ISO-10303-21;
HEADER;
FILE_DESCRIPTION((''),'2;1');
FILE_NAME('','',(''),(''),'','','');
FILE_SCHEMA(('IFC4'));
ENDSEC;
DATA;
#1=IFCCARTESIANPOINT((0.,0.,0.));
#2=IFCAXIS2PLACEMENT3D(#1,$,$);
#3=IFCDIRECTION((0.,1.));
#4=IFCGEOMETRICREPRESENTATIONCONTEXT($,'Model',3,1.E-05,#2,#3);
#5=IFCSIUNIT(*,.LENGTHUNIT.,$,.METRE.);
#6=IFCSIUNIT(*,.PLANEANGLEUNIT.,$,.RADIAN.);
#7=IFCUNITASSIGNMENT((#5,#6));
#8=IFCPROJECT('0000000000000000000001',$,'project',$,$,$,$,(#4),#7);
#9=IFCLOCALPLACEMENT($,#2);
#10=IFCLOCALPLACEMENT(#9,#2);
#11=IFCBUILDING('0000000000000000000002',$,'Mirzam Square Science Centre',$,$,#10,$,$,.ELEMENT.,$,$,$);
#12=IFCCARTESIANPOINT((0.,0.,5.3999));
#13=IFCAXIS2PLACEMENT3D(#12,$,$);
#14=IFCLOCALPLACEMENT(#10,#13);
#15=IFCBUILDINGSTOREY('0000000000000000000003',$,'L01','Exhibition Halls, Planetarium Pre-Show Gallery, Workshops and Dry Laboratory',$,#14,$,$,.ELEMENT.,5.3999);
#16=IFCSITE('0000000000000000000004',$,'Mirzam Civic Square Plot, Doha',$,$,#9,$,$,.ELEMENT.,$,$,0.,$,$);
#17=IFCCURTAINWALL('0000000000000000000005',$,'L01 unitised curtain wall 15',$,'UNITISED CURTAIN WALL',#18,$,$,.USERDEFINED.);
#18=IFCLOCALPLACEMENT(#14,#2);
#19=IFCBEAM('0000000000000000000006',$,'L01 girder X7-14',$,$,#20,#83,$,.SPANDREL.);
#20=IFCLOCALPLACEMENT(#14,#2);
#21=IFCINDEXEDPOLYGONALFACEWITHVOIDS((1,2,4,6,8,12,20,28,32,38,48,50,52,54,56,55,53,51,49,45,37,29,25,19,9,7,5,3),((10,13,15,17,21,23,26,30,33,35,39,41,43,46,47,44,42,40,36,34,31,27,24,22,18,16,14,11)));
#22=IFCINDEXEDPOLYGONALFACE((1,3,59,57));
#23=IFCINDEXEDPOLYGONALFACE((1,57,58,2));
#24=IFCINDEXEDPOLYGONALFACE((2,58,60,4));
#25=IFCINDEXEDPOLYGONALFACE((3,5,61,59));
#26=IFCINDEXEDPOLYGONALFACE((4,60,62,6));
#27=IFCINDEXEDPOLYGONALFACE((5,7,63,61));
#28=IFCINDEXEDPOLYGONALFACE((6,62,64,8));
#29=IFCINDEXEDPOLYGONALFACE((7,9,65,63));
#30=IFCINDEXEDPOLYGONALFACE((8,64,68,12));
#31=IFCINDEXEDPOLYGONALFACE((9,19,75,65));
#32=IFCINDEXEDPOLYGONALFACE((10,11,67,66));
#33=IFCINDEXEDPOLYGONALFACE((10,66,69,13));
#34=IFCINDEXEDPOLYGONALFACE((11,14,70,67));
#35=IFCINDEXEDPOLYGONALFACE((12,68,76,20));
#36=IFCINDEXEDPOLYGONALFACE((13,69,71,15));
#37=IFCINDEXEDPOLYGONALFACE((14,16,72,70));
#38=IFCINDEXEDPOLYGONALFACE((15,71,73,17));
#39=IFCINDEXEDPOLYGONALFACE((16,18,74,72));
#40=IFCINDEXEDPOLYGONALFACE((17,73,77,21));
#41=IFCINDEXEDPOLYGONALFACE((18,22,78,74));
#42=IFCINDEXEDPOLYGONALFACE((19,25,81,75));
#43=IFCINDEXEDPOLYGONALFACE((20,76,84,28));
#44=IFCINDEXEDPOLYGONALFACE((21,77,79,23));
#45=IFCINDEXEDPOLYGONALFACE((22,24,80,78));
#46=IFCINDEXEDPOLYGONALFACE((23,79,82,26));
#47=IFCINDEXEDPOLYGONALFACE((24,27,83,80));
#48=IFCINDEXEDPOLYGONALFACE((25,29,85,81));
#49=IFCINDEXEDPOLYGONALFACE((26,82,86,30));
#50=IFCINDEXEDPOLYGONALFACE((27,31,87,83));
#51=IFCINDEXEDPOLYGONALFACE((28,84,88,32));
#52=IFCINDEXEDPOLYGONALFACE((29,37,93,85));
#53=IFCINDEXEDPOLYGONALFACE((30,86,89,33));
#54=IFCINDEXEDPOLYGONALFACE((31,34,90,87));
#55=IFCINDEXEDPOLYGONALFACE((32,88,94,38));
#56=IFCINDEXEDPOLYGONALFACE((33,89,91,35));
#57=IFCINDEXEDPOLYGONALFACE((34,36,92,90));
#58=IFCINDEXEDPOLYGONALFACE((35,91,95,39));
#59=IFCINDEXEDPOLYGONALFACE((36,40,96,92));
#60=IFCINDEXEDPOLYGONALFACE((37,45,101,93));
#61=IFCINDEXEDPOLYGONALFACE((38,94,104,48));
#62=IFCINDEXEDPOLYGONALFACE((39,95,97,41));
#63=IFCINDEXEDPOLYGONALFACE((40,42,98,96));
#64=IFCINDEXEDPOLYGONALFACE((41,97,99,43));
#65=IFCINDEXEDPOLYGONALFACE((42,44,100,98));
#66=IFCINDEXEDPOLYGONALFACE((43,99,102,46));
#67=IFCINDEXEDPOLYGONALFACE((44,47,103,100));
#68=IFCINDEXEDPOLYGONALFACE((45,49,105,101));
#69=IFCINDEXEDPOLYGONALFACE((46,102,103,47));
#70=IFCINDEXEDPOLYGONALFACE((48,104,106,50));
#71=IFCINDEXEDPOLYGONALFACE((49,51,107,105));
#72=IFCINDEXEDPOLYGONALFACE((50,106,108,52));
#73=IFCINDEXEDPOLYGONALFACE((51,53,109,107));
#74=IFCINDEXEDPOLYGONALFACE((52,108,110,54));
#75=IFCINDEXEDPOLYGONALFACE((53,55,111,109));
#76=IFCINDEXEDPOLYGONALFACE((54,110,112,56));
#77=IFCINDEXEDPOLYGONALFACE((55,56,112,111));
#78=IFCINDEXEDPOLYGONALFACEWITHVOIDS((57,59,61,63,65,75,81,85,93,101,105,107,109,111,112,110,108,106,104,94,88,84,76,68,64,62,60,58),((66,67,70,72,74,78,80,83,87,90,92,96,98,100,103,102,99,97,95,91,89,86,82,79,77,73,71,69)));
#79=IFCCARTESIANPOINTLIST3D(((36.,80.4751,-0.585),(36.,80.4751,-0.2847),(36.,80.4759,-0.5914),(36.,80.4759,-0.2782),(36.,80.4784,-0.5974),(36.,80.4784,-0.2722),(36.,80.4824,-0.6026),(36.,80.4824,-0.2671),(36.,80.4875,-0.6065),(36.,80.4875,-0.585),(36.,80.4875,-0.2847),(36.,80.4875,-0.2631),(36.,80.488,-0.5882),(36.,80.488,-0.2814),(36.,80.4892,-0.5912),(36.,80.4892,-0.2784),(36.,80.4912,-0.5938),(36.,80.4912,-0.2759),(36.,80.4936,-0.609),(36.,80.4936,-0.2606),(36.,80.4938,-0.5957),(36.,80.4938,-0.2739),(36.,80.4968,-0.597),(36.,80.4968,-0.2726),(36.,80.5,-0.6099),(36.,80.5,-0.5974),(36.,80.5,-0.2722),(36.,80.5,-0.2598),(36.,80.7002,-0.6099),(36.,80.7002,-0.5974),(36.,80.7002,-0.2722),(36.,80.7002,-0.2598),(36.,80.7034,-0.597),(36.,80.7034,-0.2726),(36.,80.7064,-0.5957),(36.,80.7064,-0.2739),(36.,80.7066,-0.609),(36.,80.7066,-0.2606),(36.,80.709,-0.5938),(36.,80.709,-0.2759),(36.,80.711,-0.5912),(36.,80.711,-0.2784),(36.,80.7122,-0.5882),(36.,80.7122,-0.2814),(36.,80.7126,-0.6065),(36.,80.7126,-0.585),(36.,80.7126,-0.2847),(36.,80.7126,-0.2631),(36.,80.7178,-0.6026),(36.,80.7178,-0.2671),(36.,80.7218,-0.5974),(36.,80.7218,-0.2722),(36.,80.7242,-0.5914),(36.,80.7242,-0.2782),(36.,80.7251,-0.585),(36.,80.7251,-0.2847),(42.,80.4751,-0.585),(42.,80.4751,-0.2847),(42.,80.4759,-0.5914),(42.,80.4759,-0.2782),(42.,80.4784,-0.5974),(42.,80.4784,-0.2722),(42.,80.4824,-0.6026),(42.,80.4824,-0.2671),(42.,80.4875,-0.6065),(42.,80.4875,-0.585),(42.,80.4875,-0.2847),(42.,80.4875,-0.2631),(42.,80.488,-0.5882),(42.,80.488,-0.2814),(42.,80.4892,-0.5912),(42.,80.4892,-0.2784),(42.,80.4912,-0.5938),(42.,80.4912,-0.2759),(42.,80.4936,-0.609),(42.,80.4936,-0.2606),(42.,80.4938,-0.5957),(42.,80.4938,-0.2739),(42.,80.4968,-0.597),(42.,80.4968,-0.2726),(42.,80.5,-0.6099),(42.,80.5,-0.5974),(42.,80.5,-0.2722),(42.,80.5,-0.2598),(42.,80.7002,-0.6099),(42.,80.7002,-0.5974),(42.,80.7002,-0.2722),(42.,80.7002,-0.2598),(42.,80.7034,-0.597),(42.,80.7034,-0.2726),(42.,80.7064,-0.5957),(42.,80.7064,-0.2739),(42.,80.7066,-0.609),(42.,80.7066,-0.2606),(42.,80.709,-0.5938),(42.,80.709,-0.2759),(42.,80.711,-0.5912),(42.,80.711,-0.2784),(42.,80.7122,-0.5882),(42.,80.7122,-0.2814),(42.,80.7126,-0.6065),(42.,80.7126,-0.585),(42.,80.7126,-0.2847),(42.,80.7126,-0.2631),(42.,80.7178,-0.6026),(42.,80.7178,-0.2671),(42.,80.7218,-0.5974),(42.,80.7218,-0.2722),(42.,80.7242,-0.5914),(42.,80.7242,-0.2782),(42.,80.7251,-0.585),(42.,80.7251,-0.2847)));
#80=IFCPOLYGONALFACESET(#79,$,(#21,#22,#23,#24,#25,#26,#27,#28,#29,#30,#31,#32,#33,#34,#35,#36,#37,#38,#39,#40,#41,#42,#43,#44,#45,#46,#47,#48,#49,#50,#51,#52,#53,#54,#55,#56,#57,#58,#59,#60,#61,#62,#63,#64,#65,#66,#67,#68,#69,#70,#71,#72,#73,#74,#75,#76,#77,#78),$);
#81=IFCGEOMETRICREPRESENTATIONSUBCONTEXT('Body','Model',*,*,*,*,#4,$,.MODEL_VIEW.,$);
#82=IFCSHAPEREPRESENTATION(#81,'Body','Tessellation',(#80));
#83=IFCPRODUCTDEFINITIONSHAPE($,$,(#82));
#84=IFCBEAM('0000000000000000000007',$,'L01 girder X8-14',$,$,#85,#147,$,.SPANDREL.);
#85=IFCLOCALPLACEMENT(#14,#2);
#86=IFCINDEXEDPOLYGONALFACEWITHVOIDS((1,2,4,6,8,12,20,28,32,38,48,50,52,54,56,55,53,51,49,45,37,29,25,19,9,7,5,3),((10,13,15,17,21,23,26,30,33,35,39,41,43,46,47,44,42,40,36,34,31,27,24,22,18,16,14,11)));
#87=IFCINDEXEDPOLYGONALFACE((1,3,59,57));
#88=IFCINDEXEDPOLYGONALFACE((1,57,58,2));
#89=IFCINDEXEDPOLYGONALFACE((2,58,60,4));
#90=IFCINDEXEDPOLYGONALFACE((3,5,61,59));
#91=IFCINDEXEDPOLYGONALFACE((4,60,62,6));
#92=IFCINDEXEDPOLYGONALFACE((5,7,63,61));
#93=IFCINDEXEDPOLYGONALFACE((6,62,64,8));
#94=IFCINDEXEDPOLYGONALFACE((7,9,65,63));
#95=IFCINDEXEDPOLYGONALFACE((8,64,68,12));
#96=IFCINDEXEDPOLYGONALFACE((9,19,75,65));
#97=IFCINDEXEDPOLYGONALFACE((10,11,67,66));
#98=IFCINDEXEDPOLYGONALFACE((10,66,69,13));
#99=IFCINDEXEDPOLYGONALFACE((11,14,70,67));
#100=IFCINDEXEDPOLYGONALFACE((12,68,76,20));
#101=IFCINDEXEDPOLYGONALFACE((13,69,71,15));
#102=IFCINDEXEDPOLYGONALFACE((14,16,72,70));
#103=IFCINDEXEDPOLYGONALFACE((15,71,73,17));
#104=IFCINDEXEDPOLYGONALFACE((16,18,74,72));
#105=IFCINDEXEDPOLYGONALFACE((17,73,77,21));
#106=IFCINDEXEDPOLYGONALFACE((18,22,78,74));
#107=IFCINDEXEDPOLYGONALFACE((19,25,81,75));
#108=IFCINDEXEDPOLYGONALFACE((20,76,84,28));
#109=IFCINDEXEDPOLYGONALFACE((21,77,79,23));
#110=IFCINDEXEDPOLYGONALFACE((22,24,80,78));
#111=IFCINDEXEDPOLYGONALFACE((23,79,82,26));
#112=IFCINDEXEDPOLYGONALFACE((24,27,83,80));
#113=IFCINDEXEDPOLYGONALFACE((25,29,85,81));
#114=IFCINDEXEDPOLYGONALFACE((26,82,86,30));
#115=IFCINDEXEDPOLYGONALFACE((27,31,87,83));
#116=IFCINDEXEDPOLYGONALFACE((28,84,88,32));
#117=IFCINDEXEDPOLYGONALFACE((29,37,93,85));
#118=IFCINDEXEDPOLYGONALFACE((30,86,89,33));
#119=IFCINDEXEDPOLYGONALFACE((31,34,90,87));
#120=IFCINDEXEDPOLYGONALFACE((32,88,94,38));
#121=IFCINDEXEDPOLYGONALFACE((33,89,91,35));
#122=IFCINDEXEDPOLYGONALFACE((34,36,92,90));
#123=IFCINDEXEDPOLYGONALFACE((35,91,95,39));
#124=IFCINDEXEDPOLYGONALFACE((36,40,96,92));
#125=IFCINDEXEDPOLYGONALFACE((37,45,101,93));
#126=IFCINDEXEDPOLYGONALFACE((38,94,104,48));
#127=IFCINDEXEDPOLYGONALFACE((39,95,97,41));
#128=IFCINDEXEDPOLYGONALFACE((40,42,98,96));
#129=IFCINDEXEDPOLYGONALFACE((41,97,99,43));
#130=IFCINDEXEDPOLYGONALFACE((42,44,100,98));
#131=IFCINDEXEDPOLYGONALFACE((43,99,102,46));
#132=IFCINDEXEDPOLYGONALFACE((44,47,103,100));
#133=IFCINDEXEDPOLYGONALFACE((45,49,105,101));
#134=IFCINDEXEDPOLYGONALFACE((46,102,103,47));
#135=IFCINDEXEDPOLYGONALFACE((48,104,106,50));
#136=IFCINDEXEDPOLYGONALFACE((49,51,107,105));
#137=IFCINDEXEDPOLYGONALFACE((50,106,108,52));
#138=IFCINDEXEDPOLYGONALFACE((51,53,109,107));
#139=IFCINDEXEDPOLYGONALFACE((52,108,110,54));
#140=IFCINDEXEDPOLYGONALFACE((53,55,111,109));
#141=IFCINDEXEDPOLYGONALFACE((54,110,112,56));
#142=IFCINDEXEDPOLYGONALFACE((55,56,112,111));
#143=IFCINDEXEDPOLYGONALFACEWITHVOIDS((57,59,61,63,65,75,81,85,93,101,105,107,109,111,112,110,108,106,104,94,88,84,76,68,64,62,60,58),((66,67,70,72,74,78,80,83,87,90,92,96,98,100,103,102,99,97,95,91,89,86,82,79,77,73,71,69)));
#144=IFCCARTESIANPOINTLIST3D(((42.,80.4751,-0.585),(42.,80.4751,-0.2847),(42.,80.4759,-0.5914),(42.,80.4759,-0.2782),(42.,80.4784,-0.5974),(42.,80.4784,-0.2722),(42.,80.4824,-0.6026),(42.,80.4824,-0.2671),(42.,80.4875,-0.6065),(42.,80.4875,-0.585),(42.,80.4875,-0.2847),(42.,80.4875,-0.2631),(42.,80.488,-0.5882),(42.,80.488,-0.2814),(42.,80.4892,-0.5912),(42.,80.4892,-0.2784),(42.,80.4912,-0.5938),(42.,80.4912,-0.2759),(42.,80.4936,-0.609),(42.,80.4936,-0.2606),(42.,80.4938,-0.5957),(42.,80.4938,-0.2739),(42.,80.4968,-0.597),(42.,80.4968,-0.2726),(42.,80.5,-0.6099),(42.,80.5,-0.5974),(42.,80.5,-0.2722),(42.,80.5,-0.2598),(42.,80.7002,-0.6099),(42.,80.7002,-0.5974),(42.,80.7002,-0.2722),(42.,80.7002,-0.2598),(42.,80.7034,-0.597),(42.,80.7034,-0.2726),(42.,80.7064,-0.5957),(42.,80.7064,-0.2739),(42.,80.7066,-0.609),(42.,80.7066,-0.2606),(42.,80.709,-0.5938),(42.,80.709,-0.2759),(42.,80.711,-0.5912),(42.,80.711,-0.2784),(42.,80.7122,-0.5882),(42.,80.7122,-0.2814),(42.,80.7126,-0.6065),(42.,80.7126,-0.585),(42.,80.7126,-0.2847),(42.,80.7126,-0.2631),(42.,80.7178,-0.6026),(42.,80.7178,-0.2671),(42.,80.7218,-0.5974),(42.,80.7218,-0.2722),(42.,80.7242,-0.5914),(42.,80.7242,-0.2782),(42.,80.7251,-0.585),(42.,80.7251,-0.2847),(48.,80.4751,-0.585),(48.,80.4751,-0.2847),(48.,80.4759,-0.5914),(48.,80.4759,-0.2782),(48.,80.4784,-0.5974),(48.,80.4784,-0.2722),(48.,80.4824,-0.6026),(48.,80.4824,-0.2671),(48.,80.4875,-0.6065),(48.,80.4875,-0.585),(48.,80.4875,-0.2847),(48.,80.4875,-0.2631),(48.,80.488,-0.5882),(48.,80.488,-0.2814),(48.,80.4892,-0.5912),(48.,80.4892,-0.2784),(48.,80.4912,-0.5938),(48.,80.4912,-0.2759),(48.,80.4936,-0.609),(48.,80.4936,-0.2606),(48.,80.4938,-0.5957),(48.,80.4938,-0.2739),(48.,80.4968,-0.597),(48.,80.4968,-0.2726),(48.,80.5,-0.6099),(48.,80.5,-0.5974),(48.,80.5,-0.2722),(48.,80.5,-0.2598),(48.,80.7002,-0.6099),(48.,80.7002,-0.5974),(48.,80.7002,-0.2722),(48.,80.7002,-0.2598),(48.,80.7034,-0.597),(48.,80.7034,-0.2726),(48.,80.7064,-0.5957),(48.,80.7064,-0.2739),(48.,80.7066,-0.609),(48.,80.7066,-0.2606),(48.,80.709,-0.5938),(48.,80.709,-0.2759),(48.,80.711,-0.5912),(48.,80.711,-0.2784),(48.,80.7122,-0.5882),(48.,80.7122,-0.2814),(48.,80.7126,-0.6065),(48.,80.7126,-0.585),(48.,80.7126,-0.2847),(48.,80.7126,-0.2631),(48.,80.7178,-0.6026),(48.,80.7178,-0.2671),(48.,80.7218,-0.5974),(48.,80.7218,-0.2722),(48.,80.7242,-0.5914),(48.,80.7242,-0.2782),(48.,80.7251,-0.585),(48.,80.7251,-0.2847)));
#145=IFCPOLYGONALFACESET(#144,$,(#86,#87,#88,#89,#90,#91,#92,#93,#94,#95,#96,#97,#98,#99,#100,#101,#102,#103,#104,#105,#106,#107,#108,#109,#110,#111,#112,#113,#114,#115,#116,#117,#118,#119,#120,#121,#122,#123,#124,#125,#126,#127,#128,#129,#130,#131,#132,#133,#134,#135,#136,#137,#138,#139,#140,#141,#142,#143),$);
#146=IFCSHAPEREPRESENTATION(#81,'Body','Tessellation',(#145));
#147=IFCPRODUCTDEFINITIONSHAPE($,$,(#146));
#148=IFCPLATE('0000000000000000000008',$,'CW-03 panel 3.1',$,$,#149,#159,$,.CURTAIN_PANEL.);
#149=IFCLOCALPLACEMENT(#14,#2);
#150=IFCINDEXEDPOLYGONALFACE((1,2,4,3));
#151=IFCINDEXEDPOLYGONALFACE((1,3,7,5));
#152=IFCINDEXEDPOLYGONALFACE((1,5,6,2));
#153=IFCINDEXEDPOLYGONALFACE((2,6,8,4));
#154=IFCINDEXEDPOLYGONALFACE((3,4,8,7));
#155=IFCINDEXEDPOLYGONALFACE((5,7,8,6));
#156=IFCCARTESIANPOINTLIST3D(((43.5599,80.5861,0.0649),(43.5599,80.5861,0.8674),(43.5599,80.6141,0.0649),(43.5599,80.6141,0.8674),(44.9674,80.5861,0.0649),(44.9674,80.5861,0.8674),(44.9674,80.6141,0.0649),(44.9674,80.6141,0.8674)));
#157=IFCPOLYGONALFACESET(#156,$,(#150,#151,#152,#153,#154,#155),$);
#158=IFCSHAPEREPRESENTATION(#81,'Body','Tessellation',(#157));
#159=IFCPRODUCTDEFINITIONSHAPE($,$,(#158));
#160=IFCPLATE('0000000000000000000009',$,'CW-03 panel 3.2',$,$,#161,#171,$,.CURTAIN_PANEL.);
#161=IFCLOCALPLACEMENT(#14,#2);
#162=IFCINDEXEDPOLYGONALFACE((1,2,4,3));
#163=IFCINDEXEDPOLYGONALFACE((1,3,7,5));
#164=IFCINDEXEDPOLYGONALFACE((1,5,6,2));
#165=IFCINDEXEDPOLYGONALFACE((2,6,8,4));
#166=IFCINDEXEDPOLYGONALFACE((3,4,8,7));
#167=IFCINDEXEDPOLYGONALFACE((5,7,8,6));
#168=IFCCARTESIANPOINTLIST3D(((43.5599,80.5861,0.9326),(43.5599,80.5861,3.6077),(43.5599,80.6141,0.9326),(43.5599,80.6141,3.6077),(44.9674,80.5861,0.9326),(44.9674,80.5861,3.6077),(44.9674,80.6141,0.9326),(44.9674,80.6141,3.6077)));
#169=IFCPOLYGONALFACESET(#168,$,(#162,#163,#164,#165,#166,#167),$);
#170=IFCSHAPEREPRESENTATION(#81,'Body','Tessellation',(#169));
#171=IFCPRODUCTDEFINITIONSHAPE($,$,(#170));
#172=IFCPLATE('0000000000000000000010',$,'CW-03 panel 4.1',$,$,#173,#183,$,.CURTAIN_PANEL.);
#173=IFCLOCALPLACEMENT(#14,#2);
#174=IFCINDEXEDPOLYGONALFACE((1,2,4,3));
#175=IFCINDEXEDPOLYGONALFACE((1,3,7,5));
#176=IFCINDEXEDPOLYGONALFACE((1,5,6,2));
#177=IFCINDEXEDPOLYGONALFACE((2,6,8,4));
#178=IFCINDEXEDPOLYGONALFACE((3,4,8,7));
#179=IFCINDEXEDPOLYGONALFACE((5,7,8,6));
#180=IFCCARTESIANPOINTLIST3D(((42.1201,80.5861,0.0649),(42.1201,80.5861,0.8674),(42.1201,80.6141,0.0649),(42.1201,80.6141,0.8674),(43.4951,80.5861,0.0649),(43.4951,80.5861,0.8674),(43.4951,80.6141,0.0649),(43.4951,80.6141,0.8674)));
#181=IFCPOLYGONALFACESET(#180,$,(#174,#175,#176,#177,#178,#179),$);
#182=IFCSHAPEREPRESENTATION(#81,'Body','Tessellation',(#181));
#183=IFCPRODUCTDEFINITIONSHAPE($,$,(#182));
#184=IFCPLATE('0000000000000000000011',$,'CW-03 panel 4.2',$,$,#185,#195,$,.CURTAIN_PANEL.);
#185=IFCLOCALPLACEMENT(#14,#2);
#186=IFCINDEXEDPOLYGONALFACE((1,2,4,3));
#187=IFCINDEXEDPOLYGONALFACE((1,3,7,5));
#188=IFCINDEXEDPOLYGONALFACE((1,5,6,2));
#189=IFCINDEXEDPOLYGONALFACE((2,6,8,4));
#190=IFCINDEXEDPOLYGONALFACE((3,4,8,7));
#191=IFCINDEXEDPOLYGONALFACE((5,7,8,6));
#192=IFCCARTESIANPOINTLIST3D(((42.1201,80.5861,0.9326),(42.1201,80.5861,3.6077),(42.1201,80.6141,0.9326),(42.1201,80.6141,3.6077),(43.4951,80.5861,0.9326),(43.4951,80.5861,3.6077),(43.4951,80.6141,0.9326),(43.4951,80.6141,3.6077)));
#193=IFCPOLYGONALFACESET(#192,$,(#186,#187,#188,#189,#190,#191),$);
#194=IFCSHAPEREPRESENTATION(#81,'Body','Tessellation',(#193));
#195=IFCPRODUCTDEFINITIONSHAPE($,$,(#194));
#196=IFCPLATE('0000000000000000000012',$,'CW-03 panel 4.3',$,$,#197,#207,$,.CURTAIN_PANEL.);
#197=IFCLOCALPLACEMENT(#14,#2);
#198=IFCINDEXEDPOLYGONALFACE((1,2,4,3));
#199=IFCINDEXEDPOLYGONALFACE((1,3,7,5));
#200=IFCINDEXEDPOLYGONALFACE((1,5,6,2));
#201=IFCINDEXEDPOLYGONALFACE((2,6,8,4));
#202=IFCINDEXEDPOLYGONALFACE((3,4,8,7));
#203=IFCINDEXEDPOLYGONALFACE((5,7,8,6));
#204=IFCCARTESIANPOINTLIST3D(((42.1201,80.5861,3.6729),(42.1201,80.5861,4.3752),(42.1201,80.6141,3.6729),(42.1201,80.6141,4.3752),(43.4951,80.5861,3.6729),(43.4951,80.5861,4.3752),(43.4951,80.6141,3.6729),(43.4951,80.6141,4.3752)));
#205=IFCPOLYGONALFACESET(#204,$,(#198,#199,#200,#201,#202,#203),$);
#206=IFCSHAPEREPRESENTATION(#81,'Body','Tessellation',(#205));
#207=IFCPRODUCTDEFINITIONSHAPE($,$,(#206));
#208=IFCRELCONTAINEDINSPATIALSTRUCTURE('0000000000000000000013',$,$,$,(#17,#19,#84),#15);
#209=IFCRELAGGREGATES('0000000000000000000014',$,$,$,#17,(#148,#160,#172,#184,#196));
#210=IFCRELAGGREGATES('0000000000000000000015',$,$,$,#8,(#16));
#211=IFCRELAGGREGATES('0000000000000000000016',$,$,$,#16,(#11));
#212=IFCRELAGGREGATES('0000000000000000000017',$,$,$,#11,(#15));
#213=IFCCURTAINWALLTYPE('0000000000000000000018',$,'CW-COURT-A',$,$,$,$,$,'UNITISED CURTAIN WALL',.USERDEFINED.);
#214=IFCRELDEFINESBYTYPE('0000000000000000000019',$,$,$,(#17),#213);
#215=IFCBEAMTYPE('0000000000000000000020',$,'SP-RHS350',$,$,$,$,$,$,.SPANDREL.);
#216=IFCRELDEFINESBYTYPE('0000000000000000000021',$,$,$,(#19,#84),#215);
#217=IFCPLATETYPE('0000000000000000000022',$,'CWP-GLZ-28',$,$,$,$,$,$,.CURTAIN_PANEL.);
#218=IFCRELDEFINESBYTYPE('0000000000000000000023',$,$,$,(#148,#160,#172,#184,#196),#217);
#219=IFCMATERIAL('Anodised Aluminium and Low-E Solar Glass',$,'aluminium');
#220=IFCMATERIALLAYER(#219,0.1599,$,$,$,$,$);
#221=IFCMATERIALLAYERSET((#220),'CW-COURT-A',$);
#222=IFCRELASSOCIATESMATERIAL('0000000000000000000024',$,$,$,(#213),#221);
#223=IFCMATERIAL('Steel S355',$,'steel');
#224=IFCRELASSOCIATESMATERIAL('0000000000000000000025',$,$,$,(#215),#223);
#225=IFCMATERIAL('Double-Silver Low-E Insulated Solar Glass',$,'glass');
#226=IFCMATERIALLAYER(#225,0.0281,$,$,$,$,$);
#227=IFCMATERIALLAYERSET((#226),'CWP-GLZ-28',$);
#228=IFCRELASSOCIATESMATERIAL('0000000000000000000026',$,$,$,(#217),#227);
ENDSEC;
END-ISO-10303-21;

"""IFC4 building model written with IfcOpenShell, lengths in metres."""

from ifc_helpers import new_model, si_unit, direction, frame, origin, origin_2d, place, context, subcontext, project, spatial, rectangle, hollow_rectangle, extrude, material, layer, layer_set, material_profile, profile_set, type_object, element, aggregate, save


model = new_model("IFC4")

# Units and contexts
model_context = context("Model", 3, precision=1e-05, world=origin(), true_north=direction((0.0, 1.0)))
body_context = subcontext(model_context, "Body", "Model", "MODEL_VIEW")
ifc_project = project(units=[si_unit("LENGTHUNIT", "METRE"), si_unit("PLANEANGLEUNIT", "RADIAN")], contexts=[model_context])

# Site, building, storey
site_placement = place(None, origin())
site = spatial("IfcSite", under=ifc_project, at=site_placement, Name="Mirzam Civic Square Plot, Doha", CompositionType="ELEMENT", RefElevation=0.0)
building_placement = place(site_placement, origin())
building = spatial("IfcBuilding", under=site, at=building_placement, Name="Mirzam Square Science Centre", CompositionType="ELEMENT")
storey_placement = place(building_placement, frame((0.0, 0.0, 5.3999)))
storey = spatial("IfcBuildingStorey", under=building, at=storey_placement, Name="L01", Description="Exhibition Halls, Planetarium Pre-Show Gallery, Workshops and Dry Laboratory", CompositionType="ELEMENT", Elevation=5.3999)

# Shared definitions
ifc_material_1 = material(Name="Steel S355", Category="steel")

# Curtain wall
ifc_material_2 = material(Name="Anodised Aluminium and Low-E Solar Glass", Category="aluminium")
ifc_layer_1 = layer(ifc_material_2, 0.1599)
ifc_layer_set_1 = layer_set([ifc_layer_1], Name="CW-COURT-A")
curtain_wall_type_1 = type_object("IfcCurtainWallType", Name="CW-COURT-A", ElementType="UNITISED CURTAIN WALL", PredefinedType="USERDEFINED", material=ifc_layer_set_1)
curtain_wall_1_placement = place(storey_placement, origin())
curtain_wall_1 = element("IfcCurtainWall", 1, at=curtain_wall_1_placement, inside=storey, type_object=curtain_wall_type_1, Name="L01 unitised curtain wall 15", ObjectType="UNITISED CURTAIN WALL", PredefinedType="USERDEFINED")

# Beams
ifc_material_profile_1 = material_profile(ifc_material_1, hollow_rectangle(XDim=0.25, YDim=0.3501, WallThickness=0.0125, InnerFilletRadius=0.0125, OuterFilletRadius=0.0249, at=origin_2d()), Name="350x250x12.5RHS")
ifc_profile_set_1 = profile_set([ifc_material_profile_1], Name="Steel S355")
beam_type = type_object("IfcBeamType", Name="SP-RHS350", PredefinedType="SPANDREL", material=ifc_profile_set_1)
for number, where, z_axis, x_axis, name in (
    (2, (36.0, 80.6001, -0.4348), (1.0, 0.0, 0.0), (0.0, 1.0, 0.0), "L01 girder X7-14"),
    (3, (42.0, 80.6001, -0.4348), (1.0, 0.0, 0.0), (0.0, 1.0, 0.0), "L01 girder X8-14"),
):
    element("IfcBeam", number, at=place(storey_placement, frame(where, z_axis=z_axis, x_axis=x_axis)), inside=storey, type_object=beam_type, Name=name, PredefinedType="SPANDREL", context=body_context, shape_type="SweptSolid", body=[
        extrude(hollow_rectangle(XDim=0.25, YDim=0.3501, WallThickness=0.0125, InnerFilletRadius=0.0125, OuterFilletRadius=0.0249, at=origin_2d()), origin(), (0.0, 0.0, 1.0), 6.0),
    ])

# Plates
ifc_material_3 = material(Name="Double-Silver Low-E Insulated Solar Glass", Category="glass")
ifc_layer_2 = layer(ifc_material_3, 0.0281)
ifc_layer_set_2 = layer_set([ifc_layer_2], Name="CWP-GLZ-28")
plate_type = type_object("IfcPlateType", Name="CWP-GLZ-28", PredefinedType="CURTAIN_PANEL", material=ifc_layer_set_2)
plate_1_placement = place(storey_placement, frame((44.2637, 80.6001, 0.0649), z_axis=(0.0, 0.0, 1.0), x_axis=(-1.0, 0.0, 0.0)))
plate_1 = element("IfcPlate", 4, at=plate_1_placement, type_object=plate_type, Name="CW-03 panel 3.1", PredefinedType="CURTAIN_PANEL", context=body_context, shape_type="SweptSolid", body=[
    extrude(rectangle(XDim=1.4075, YDim=0.0281, at=origin_2d()), origin(), (0.0, 0.0, 1.0), 0.8025),
])
plate_2_placement = place(storey_placement, frame((44.2637, 80.6001, 0.9326), z_axis=(0.0, 0.0, 1.0), x_axis=(-1.0, 0.0, 0.0)))
plate_2 = element("IfcPlate", 5, at=plate_2_placement, type_object=plate_type, Name="CW-03 panel 3.2", PredefinedType="CURTAIN_PANEL", context=body_context, shape_type="SweptSolid", body=[
    extrude(rectangle(XDim=1.4075, YDim=0.0281, at=origin_2d()), origin(), (0.0, 0.0, 1.0), 2.675),
])
plate_3_placement = place(storey_placement, frame((42.8076, 80.6001, 0.0649), z_axis=(0.0, 0.0, 1.0), x_axis=(-1.0, 0.0, 0.0)))
plate_3 = element("IfcPlate", 6, at=plate_3_placement, type_object=plate_type, Name="CW-03 panel 4.1", PredefinedType="CURTAIN_PANEL", context=body_context, shape_type="SweptSolid", body=[
    extrude(rectangle(XDim=1.375, YDim=0.0281, at=origin_2d()), origin(), (0.0, 0.0, 1.0), 0.8025),
])
plate_4_placement = place(storey_placement, frame((42.8076, 80.6001, 0.9326), z_axis=(0.0, 0.0, 1.0), x_axis=(-1.0, 0.0, 0.0)))
plate_4 = element("IfcPlate", 7, at=plate_4_placement, type_object=plate_type, Name="CW-03 panel 4.2", PredefinedType="CURTAIN_PANEL", context=body_context, shape_type="SweptSolid", body=[
    extrude(rectangle(XDim=1.375, YDim=0.0281, at=origin_2d()), origin(), (0.0, 0.0, 1.0), 2.675),
])
plate_5_placement = place(storey_placement, frame((42.8076, 80.6001, 3.6729), z_axis=(0.0, 0.0, 1.0), x_axis=(-1.0, 0.0, 0.0)))
plate_5 = element("IfcPlate", 8, at=plate_5_placement, type_object=plate_type, Name="CW-03 panel 4.3", PredefinedType="CURTAIN_PANEL", context=body_context, shape_type="SweptSolid", body=[
    extrude(rectangle(XDim=1.375, YDim=0.0281, at=origin_2d()), origin(), (0.0, 0.0, 1.0), 0.7024),
])
aggregate(curtain_wall_1, [plate_1, plate_2, plate_3, plate_4, plate_5])

save(model, "model.ifc")
